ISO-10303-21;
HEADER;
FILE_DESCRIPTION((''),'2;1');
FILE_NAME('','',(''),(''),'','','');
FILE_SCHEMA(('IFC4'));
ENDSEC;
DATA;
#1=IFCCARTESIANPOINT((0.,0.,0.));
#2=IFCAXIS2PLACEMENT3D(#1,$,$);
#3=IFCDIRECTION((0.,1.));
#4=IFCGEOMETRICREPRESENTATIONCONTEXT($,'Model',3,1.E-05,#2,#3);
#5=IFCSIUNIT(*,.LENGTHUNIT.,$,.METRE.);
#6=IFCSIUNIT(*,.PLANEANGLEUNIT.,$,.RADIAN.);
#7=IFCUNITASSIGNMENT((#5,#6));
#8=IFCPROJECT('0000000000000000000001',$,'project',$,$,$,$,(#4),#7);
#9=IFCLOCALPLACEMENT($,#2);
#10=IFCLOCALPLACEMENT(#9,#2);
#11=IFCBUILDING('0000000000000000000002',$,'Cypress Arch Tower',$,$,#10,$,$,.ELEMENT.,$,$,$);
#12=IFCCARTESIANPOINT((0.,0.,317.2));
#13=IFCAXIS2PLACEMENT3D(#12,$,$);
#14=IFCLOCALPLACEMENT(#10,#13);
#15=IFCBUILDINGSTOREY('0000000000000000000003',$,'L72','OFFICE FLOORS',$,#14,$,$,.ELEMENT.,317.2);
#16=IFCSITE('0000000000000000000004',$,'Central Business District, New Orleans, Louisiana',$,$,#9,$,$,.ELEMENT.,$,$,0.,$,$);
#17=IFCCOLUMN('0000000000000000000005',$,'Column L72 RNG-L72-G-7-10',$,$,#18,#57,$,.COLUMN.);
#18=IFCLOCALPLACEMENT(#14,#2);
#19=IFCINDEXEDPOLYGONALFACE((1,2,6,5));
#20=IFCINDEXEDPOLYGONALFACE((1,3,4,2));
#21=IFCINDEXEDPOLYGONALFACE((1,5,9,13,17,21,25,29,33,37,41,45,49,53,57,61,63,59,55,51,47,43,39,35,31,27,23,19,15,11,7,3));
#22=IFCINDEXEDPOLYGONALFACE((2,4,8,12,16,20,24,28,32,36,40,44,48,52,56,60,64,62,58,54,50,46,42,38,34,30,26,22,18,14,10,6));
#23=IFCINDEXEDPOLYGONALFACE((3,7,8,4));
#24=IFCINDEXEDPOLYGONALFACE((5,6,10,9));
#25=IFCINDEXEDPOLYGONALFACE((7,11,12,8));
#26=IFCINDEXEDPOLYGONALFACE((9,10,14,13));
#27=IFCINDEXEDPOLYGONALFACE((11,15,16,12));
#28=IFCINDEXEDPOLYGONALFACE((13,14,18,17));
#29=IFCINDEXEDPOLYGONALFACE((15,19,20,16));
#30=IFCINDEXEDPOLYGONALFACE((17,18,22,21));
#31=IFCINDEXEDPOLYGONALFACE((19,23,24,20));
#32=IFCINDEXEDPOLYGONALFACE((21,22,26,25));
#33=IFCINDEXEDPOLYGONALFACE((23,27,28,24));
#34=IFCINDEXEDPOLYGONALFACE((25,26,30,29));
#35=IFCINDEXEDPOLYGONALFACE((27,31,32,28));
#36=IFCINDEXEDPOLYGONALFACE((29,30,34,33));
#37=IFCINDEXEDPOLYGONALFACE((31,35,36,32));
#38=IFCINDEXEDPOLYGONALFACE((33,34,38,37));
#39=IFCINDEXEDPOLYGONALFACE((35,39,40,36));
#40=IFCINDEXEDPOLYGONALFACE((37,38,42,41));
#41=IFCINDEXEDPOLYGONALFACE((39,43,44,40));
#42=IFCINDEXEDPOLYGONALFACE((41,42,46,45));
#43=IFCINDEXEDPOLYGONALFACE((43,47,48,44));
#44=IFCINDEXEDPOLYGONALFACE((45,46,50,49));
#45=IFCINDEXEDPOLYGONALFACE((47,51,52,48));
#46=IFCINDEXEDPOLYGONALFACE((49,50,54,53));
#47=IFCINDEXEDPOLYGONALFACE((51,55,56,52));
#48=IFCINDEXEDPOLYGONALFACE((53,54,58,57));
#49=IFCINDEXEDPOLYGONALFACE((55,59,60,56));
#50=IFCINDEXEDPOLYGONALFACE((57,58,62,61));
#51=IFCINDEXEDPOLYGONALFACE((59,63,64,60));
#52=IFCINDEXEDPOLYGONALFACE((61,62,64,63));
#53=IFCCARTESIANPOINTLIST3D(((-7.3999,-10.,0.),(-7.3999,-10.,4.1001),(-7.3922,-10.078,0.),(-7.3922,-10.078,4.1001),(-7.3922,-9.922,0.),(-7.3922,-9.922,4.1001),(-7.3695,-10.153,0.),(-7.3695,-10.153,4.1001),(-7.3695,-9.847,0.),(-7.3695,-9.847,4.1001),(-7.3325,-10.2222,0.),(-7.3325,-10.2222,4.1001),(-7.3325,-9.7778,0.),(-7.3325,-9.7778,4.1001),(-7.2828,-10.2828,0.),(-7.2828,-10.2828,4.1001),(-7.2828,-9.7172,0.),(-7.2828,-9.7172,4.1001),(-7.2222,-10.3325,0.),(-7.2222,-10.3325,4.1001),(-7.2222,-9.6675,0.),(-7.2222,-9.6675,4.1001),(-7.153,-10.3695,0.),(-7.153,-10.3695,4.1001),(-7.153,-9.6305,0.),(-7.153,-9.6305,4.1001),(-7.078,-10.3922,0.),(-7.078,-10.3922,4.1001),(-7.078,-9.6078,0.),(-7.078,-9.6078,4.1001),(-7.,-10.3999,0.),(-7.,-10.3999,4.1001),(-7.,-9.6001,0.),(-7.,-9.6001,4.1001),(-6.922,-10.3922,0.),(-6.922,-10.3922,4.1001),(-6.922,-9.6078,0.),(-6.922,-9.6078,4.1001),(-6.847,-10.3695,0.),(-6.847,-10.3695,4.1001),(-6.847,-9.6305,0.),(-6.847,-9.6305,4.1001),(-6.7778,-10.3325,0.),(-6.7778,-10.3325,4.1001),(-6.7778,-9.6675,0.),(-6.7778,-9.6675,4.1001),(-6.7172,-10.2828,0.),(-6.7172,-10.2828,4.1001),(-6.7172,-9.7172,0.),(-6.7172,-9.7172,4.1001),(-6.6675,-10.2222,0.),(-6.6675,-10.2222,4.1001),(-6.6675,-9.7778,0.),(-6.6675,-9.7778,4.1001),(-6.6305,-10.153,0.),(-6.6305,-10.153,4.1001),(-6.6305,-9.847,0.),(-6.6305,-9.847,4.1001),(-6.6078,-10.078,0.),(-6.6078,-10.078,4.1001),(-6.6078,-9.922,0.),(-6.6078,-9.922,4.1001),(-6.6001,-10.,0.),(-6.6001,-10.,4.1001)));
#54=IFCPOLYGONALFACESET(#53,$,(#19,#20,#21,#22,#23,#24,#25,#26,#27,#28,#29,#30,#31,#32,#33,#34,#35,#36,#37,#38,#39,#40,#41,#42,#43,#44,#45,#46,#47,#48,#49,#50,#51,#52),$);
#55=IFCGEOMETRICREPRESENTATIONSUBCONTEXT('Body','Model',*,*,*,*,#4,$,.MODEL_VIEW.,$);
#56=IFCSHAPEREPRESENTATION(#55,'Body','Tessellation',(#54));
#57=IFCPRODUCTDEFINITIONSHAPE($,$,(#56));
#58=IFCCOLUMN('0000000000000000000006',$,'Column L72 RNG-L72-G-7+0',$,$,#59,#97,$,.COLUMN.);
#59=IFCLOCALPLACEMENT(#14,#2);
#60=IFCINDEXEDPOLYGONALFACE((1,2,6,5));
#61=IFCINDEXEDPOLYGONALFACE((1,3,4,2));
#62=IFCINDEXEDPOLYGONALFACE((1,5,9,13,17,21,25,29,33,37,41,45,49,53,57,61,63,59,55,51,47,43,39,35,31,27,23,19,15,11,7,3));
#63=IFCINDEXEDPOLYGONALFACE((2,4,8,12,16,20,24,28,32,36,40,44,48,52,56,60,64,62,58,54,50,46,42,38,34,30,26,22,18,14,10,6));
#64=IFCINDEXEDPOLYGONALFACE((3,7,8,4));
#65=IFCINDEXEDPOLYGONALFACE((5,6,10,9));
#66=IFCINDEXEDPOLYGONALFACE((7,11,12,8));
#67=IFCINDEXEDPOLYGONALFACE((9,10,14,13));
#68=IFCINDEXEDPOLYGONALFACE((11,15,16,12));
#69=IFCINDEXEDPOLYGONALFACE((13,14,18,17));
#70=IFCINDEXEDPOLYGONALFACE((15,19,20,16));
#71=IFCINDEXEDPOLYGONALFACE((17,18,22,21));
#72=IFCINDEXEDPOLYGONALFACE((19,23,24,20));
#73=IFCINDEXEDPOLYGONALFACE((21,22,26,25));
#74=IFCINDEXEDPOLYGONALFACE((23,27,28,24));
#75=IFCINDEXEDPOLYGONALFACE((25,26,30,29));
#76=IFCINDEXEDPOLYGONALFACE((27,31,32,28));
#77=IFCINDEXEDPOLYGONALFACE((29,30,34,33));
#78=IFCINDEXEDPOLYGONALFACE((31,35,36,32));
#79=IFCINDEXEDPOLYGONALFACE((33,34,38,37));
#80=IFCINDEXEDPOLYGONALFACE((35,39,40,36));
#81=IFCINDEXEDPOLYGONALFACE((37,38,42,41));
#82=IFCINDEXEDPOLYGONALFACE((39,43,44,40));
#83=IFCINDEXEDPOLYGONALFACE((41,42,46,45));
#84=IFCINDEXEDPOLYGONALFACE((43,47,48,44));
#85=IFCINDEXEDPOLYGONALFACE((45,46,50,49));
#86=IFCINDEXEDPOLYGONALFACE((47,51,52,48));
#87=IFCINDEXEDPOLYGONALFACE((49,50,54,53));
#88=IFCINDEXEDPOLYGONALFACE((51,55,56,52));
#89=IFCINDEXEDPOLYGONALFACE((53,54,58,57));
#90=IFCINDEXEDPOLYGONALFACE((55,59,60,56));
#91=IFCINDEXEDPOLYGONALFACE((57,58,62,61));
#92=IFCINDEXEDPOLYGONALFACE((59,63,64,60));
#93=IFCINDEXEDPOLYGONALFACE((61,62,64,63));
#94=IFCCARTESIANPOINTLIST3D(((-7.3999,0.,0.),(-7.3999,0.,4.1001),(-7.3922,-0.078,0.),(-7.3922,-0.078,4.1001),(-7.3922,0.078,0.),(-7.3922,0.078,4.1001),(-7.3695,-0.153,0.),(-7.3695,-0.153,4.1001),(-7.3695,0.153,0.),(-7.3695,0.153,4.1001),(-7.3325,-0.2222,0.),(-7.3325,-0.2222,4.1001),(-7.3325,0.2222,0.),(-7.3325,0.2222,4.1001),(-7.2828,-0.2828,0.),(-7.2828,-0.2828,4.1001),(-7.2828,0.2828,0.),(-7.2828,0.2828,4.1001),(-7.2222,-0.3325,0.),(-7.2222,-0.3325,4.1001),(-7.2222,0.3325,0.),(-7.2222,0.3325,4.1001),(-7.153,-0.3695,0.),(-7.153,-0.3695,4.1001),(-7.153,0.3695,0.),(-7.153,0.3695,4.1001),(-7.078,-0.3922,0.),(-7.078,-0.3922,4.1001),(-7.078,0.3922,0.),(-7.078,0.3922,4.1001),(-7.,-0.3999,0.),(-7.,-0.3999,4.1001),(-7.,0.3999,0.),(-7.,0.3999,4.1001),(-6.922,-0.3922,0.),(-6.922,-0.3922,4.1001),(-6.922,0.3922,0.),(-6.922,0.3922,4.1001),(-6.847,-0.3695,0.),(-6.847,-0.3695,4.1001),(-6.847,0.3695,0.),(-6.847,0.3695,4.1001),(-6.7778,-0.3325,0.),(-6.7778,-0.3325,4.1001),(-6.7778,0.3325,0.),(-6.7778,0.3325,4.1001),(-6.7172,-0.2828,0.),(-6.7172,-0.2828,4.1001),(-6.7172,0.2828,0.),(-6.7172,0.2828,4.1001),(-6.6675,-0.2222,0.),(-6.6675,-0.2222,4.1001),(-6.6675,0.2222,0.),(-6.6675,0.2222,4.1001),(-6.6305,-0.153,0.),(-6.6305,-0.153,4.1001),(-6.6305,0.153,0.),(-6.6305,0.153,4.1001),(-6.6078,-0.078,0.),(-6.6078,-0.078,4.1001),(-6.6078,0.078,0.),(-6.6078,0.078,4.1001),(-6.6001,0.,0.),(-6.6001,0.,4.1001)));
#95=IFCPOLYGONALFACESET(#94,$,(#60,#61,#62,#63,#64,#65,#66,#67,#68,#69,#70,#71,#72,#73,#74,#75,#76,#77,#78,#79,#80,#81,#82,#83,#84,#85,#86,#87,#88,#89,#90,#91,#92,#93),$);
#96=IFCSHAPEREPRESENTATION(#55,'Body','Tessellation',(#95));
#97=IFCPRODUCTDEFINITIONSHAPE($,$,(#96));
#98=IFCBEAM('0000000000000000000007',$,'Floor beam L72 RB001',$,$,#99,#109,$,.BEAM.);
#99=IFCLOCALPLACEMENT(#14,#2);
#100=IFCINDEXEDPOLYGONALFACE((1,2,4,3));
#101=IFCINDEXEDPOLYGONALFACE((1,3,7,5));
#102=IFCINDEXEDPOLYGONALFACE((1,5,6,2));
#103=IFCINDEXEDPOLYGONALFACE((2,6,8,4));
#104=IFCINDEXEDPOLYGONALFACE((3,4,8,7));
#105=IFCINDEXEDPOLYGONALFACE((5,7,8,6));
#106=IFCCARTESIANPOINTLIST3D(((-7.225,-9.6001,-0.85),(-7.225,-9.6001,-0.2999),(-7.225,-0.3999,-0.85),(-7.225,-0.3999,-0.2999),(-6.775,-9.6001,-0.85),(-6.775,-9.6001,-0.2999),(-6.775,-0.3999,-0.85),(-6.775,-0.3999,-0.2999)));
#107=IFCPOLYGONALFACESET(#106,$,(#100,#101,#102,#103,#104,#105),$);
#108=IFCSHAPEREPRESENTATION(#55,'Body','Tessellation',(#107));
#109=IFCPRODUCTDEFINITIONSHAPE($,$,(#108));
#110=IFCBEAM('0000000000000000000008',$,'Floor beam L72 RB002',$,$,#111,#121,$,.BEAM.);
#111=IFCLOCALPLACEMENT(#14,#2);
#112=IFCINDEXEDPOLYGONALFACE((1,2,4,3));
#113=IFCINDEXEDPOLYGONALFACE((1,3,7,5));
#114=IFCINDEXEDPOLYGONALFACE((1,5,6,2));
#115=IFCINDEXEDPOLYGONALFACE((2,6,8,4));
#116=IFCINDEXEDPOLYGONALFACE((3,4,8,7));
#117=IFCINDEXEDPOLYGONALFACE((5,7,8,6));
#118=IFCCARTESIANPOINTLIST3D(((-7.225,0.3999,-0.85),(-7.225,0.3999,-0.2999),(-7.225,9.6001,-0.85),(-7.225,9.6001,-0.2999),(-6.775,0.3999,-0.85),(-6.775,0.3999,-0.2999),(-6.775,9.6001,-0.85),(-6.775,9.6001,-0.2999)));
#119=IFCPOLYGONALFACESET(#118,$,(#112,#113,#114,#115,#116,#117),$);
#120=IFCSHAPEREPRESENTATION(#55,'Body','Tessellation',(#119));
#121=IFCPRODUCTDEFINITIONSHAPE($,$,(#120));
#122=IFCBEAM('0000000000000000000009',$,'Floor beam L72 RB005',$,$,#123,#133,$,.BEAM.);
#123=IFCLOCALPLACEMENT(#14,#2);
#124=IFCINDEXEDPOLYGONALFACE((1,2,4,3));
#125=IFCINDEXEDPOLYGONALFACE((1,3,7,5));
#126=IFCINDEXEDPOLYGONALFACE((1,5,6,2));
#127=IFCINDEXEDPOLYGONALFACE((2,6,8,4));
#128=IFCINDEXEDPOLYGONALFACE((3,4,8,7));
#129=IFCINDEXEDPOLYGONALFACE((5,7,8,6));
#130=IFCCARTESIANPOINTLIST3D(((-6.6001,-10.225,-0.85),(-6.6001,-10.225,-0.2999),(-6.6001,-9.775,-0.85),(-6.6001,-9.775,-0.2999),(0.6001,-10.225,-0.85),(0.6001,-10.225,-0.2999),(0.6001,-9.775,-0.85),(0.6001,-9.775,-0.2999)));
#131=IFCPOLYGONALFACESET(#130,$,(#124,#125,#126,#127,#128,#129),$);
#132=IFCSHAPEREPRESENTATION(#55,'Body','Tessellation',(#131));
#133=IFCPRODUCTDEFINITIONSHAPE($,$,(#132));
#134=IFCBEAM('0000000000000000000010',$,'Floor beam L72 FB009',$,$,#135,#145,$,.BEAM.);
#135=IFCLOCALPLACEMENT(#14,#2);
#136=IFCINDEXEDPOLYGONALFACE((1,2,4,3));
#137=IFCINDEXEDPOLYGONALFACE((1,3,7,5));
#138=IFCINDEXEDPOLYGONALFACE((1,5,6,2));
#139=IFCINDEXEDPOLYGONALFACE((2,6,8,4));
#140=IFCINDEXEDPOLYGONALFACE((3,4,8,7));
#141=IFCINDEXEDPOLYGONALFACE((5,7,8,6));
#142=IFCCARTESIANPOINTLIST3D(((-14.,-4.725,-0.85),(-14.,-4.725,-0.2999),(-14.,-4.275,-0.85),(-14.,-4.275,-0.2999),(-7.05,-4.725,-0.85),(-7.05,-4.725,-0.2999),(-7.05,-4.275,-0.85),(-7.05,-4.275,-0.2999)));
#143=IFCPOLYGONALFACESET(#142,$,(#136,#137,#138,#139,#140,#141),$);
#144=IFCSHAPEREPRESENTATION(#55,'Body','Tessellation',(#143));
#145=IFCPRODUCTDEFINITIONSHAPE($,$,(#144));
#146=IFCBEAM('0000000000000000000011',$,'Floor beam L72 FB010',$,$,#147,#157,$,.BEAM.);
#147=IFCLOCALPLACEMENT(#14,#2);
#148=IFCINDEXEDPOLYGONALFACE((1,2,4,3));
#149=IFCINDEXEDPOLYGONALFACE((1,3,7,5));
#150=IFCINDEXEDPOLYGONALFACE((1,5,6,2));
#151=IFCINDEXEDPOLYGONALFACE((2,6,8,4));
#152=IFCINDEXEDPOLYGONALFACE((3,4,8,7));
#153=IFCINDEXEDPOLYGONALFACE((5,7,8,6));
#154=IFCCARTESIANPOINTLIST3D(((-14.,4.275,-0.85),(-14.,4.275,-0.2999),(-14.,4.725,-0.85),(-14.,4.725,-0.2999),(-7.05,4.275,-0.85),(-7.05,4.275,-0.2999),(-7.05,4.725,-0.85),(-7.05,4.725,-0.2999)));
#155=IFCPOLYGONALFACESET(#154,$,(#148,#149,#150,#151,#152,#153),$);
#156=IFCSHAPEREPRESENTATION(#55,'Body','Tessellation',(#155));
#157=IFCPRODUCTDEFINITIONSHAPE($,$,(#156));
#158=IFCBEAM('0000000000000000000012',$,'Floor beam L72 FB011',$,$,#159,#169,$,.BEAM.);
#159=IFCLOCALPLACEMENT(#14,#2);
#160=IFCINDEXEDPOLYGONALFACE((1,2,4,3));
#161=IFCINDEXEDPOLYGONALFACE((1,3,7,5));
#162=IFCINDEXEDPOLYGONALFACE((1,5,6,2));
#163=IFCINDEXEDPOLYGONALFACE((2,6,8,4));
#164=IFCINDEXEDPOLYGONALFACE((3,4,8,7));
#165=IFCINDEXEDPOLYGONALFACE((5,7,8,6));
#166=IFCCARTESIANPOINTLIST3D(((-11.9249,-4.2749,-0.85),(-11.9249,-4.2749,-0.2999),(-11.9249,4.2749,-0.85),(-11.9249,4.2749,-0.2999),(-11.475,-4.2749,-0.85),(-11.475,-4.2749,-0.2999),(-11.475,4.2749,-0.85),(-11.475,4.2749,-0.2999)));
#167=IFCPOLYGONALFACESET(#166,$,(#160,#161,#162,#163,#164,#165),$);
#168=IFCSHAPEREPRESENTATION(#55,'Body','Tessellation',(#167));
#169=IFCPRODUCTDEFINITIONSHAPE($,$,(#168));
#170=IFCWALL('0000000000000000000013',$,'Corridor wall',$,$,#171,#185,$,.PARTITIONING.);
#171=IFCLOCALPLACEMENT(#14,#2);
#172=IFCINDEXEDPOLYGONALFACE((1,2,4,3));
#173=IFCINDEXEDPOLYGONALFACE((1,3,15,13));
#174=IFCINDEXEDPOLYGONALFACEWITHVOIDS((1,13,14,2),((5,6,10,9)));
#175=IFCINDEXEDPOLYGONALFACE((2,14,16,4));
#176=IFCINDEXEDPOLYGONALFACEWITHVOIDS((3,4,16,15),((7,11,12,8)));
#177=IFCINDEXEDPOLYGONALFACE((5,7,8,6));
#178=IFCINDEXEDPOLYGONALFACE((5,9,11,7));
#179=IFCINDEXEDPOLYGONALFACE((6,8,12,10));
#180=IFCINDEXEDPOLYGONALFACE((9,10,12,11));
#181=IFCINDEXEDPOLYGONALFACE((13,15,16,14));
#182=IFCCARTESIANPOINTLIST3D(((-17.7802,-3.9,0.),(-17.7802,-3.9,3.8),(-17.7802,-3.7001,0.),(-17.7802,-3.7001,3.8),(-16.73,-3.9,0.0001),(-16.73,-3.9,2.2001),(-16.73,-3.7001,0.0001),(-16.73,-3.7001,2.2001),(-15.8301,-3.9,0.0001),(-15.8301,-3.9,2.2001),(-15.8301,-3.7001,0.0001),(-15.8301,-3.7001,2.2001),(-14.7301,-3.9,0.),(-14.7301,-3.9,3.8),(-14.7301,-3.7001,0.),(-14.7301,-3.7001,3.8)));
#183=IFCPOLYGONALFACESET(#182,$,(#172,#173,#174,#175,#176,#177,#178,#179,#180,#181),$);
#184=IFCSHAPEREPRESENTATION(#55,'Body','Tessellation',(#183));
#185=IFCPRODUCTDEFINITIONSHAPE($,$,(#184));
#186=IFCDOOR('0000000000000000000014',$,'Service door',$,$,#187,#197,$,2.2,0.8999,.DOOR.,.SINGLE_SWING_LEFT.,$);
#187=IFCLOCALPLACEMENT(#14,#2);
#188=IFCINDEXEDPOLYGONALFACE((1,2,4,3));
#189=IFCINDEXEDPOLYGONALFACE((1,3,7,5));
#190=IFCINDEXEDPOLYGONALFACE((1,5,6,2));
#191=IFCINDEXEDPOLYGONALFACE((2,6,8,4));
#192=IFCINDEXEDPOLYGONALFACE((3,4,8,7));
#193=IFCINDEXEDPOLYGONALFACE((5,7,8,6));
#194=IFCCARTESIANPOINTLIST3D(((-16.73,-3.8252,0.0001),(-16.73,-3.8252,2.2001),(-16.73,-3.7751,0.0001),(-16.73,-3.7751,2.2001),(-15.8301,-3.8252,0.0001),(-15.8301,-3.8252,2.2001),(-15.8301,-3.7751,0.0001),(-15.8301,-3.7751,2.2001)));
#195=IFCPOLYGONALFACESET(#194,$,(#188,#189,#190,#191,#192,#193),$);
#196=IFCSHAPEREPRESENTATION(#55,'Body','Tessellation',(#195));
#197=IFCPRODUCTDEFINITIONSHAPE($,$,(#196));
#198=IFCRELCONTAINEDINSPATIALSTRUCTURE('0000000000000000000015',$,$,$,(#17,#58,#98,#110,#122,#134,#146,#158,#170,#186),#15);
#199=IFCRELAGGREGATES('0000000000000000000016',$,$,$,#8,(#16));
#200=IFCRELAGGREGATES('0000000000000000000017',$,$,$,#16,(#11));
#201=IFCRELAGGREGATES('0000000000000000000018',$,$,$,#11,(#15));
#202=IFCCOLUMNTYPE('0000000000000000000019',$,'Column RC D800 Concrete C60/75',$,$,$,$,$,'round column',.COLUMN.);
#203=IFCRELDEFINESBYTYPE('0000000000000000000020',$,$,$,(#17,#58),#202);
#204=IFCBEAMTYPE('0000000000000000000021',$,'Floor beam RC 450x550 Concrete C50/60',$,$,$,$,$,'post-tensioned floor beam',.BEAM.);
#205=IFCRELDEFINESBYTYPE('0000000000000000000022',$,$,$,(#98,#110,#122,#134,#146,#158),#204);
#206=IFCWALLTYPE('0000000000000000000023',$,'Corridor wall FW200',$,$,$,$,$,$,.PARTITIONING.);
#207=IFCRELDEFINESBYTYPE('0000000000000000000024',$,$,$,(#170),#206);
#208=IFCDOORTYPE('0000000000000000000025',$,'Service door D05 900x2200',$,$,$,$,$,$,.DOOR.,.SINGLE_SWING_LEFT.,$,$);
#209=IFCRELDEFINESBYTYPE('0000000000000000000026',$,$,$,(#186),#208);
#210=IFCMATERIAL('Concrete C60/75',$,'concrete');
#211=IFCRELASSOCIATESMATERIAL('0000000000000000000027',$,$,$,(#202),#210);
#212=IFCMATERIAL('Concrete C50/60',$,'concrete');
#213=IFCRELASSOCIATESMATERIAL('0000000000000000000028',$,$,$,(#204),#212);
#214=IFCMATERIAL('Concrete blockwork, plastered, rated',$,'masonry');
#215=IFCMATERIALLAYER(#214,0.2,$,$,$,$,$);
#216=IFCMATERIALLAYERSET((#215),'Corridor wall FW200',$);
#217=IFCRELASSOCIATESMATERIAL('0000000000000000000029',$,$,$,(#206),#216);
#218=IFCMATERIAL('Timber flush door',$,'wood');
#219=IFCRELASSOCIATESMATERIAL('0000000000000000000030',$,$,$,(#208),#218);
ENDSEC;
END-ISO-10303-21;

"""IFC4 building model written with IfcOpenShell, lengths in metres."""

from ifc_helpers import new_model, si_unit, direction, frame, frame_2d, origin, origin_2d, place, context, subcontext, project, spatial, rectangle, circle, extrude, material, layer, layer_set, material_profile, profile_set, type_object, element, fill, save


model = new_model("IFC4")

# Units and contexts
model_context = context("Model", 3, precision=1e-05, world=origin(), true_north=direction((0.0, 1.0)))
body_context = subcontext(model_context, "Body", "Model", "MODEL_VIEW")
ifc_project = project(units=[si_unit("LENGTHUNIT", "METRE"), si_unit("PLANEANGLEUNIT", "RADIAN")], contexts=[model_context])

# Site, building, storey
site_placement = place(None, origin())
site = spatial("IfcSite", under=ifc_project, at=site_placement, Name="Central Business District, New Orleans, Louisiana", CompositionType="ELEMENT", RefElevation=0.0)
building_placement = place(site_placement, origin())
building = spatial("IfcBuilding", under=site, at=building_placement, Name="Cypress Arch Tower", CompositionType="ELEMENT")
storey_placement = place(building_placement, frame((0.0, 0.0, 317.2)))
storey = spatial("IfcBuildingStorey", under=building, at=storey_placement, Name="L72", Description="OFFICE FLOORS", CompositionType="ELEMENT", Elevation=317.2)

# Columns
ifc_material_1 = material(Name="Concrete C60/75", Category="concrete")
ifc_material_profile_1 = material_profile(ifc_material_1, circle(Radius=0.3999, at=origin_2d()), Name="RC D800")
ifc_profile_set_1 = profile_set([ifc_material_profile_1], Name="Concrete C60/75")
column_type = type_object("IfcColumnType", Name="Column RC D800 Concrete C60/75", ElementType="round column", PredefinedType="COLUMN", material=ifc_profile_set_1)
for number, where, z_axis, x_axis, name in (
    (1, (-7.0, -10.0, 0.0), (0.0, 0.0, 1.0), (1.0, 0.0, 0.0), "Column L72 RNG-L72-G-7-10"),
    (2, (-7.0, 0.0, 0.0), (0.0, 0.0, 1.0), (1.0, 0.0, 0.0), "Column L72 RNG-L72-G-7+0"),
):
    element("IfcColumn", number, at=place(storey_placement, frame(where, z_axis=z_axis, x_axis=x_axis)), inside=storey, type_object=column_type, Name=name, PredefinedType="COLUMN", context=body_context, shape_type="SweptSolid", body=[
        extrude(circle(Radius=0.3999, at=origin_2d()), origin(), (0.0, 0.0, 1.0), 4.1001),
    ])

# Beams
ifc_material_2 = material(Name="Concrete C50/60", Category="concrete")
ifc_material_profile_2 = material_profile(ifc_material_2, rectangle(XDim=0.45, YDim=0.55, at=origin_2d()), Name="RC 450x550")
ifc_profile_set_2 = profile_set([ifc_material_profile_2], Name="Concrete C50/60")
beam_type = type_object("IfcBeamType", Name="Floor beam RC 450x550 Concrete C50/60", ElementType="post-tensioned floor beam", PredefinedType="BEAM", material=ifc_profile_set_2)
for number, where, z_axis, x_axis, name in (
    (3, (-7.0, -9.6001, -0.575), (0.0, 1.0, 0.0), (-1.0, 0.0, 0.0), "Floor beam L72 RB001"),
    (4, (-7.0, 0.3999, -0.575), (0.0, 1.0, 0.0), (-1.0, 0.0, 0.0), "Floor beam L72 RB002"),
):
    element("IfcBeam", number, at=place(storey_placement, frame(where, z_axis=z_axis, x_axis=x_axis)), inside=storey, type_object=beam_type, Name=name, PredefinedType="BEAM", context=body_context, shape_type="SweptSolid", body=[
        extrude(rectangle(XDim=0.45, YDim=0.55, at=origin_2d()), origin(), (0.0, 0.0, 1.0), 9.2002),
    ])
beam_1_placement = place(storey_placement, frame((-6.6001, -10.0, -0.575), z_axis=(1.0, 0.0, 0.0), x_axis=(0.0, 1.0, 0.0)))
element("IfcBeam", 5, at=beam_1_placement, inside=storey, type_object=beam_type, Name="Floor beam L72 RB005", PredefinedType="BEAM", context=body_context, shape_type="SweptSolid", body=[
    extrude(rectangle(XDim=0.45, YDim=0.55, at=origin_2d()), origin(), (0.0, 0.0, 1.0), 7.2002),
])
for number, where, z_axis, x_axis, name in (
    (6, (-14.0, -4.5, -0.575), (1.0, 0.0, 0.0), (0.0, 1.0, 0.0), "Floor beam L72 FB009"),
    (7, (-14.0, 4.5, -0.575), (1.0, 0.0, 0.0), (0.0, 1.0, 0.0), "Floor beam L72 FB010"),
):
    element("IfcBeam", number, at=place(storey_placement, frame(where, z_axis=z_axis, x_axis=x_axis)), inside=storey, type_object=beam_type, Name=name, PredefinedType="BEAM", context=body_context, shape_type="SweptSolid", body=[
        extrude(rectangle(XDim=0.45, YDim=0.55, at=origin_2d()), origin(), (0.0, 0.0, 1.0), 6.95),
    ])
beam_2_placement = place(storey_placement, frame((-11.7, -4.2749, -0.575), z_axis=(0.0, 1.0, 0.0), x_axis=(-1.0, 0.0, 0.0)))
element("IfcBeam", 8, at=beam_2_placement, inside=storey, type_object=beam_type, Name="Floor beam L72 FB011", PredefinedType="BEAM", context=body_context, shape_type="SweptSolid", body=[
    extrude(rectangle(XDim=0.45, YDim=0.55, at=origin_2d()), origin(), (0.0, 0.0, 1.0), 8.5498),
])

# Wall, opening, door
ifc_material_3 = material(Name="Concrete blockwork, plastered, rated", Category="masonry")
ifc_layer_1 = layer(ifc_material_3, 0.2)
ifc_layer_set_1 = layer_set([ifc_layer_1], Name="Corridor wall FW200")
wall_type_1 = type_object("IfcWallType", Name="Corridor wall FW200", PredefinedType="PARTITIONING", material=ifc_layer_set_1)
wall_1_placement = place(storey_placement, frame((-17.78, -3.8, 0.0), z_axis=(0.0, 0.0, 1.0), x_axis=(1.0, 0.0, 0.0)))
wall_1 = element("IfcWall", 9, at=wall_1_placement, inside=storey, type_object=wall_type_1, Name="Corridor wall", PredefinedType="PARTITIONING", context=body_context, shape_type="SweptSolid", body=[
    extrude(rectangle(XDim=3.05, YDim=0.2, at=frame_2d((1.5249, 0.0))), origin(), (0.0, 0.0, 1.0), 3.8),
])
opening_1_placement = place(wall_1_placement, frame((1.05, 0.0, 0.0)))
opening_1 = element("IfcOpeningElement", 10, at=opening_1_placement, cuts=wall_1, PredefinedType="OPENING", context=body_context, shape_type="SweptSolid", body=[
    extrude(rectangle(XDim=0.8999, YDim=2.2, at=frame_2d((0.45, 1.1001))), frame((0.0, 0.1099, 0.0), z_axis=(0.0, -1.0, 0.0), x_axis=(1.0, 0.0, 0.0)), (0.0, 0.0, 1.0), 0.22),
])
ifc_material_4 = material(Name="Timber flush door", Category="wood")
door_type_1 = type_object("IfcDoorType", Name="Service door D05 900x2200", OperationType="SINGLE_SWING_LEFT", PredefinedType="DOOR", material=ifc_material_4)
door_1_placement = place(opening_1_placement, origin())
door_1 = element("IfcDoor", 11, at=door_1_placement, inside=storey, type_object=door_type_1, Name="Service door", OperationType="SINGLE_SWING_LEFT", OverallHeight=2.2, OverallWidth=0.8999, PredefinedType="DOOR", context=body_context, shape_type="SweptSolid", body=[
    extrude(rectangle(XDim=0.8999, YDim=2.2, at=frame_2d((0.45, 1.1001))), frame((0.0, 0.0249, 0.0), z_axis=(0.0, -1.0, 0.0), x_axis=(1.0, 0.0, 0.0)), (0.0, 0.0, 1.0), 0.05),
])
fill(opening_1, door_1)

save(model, "model.ifc")
